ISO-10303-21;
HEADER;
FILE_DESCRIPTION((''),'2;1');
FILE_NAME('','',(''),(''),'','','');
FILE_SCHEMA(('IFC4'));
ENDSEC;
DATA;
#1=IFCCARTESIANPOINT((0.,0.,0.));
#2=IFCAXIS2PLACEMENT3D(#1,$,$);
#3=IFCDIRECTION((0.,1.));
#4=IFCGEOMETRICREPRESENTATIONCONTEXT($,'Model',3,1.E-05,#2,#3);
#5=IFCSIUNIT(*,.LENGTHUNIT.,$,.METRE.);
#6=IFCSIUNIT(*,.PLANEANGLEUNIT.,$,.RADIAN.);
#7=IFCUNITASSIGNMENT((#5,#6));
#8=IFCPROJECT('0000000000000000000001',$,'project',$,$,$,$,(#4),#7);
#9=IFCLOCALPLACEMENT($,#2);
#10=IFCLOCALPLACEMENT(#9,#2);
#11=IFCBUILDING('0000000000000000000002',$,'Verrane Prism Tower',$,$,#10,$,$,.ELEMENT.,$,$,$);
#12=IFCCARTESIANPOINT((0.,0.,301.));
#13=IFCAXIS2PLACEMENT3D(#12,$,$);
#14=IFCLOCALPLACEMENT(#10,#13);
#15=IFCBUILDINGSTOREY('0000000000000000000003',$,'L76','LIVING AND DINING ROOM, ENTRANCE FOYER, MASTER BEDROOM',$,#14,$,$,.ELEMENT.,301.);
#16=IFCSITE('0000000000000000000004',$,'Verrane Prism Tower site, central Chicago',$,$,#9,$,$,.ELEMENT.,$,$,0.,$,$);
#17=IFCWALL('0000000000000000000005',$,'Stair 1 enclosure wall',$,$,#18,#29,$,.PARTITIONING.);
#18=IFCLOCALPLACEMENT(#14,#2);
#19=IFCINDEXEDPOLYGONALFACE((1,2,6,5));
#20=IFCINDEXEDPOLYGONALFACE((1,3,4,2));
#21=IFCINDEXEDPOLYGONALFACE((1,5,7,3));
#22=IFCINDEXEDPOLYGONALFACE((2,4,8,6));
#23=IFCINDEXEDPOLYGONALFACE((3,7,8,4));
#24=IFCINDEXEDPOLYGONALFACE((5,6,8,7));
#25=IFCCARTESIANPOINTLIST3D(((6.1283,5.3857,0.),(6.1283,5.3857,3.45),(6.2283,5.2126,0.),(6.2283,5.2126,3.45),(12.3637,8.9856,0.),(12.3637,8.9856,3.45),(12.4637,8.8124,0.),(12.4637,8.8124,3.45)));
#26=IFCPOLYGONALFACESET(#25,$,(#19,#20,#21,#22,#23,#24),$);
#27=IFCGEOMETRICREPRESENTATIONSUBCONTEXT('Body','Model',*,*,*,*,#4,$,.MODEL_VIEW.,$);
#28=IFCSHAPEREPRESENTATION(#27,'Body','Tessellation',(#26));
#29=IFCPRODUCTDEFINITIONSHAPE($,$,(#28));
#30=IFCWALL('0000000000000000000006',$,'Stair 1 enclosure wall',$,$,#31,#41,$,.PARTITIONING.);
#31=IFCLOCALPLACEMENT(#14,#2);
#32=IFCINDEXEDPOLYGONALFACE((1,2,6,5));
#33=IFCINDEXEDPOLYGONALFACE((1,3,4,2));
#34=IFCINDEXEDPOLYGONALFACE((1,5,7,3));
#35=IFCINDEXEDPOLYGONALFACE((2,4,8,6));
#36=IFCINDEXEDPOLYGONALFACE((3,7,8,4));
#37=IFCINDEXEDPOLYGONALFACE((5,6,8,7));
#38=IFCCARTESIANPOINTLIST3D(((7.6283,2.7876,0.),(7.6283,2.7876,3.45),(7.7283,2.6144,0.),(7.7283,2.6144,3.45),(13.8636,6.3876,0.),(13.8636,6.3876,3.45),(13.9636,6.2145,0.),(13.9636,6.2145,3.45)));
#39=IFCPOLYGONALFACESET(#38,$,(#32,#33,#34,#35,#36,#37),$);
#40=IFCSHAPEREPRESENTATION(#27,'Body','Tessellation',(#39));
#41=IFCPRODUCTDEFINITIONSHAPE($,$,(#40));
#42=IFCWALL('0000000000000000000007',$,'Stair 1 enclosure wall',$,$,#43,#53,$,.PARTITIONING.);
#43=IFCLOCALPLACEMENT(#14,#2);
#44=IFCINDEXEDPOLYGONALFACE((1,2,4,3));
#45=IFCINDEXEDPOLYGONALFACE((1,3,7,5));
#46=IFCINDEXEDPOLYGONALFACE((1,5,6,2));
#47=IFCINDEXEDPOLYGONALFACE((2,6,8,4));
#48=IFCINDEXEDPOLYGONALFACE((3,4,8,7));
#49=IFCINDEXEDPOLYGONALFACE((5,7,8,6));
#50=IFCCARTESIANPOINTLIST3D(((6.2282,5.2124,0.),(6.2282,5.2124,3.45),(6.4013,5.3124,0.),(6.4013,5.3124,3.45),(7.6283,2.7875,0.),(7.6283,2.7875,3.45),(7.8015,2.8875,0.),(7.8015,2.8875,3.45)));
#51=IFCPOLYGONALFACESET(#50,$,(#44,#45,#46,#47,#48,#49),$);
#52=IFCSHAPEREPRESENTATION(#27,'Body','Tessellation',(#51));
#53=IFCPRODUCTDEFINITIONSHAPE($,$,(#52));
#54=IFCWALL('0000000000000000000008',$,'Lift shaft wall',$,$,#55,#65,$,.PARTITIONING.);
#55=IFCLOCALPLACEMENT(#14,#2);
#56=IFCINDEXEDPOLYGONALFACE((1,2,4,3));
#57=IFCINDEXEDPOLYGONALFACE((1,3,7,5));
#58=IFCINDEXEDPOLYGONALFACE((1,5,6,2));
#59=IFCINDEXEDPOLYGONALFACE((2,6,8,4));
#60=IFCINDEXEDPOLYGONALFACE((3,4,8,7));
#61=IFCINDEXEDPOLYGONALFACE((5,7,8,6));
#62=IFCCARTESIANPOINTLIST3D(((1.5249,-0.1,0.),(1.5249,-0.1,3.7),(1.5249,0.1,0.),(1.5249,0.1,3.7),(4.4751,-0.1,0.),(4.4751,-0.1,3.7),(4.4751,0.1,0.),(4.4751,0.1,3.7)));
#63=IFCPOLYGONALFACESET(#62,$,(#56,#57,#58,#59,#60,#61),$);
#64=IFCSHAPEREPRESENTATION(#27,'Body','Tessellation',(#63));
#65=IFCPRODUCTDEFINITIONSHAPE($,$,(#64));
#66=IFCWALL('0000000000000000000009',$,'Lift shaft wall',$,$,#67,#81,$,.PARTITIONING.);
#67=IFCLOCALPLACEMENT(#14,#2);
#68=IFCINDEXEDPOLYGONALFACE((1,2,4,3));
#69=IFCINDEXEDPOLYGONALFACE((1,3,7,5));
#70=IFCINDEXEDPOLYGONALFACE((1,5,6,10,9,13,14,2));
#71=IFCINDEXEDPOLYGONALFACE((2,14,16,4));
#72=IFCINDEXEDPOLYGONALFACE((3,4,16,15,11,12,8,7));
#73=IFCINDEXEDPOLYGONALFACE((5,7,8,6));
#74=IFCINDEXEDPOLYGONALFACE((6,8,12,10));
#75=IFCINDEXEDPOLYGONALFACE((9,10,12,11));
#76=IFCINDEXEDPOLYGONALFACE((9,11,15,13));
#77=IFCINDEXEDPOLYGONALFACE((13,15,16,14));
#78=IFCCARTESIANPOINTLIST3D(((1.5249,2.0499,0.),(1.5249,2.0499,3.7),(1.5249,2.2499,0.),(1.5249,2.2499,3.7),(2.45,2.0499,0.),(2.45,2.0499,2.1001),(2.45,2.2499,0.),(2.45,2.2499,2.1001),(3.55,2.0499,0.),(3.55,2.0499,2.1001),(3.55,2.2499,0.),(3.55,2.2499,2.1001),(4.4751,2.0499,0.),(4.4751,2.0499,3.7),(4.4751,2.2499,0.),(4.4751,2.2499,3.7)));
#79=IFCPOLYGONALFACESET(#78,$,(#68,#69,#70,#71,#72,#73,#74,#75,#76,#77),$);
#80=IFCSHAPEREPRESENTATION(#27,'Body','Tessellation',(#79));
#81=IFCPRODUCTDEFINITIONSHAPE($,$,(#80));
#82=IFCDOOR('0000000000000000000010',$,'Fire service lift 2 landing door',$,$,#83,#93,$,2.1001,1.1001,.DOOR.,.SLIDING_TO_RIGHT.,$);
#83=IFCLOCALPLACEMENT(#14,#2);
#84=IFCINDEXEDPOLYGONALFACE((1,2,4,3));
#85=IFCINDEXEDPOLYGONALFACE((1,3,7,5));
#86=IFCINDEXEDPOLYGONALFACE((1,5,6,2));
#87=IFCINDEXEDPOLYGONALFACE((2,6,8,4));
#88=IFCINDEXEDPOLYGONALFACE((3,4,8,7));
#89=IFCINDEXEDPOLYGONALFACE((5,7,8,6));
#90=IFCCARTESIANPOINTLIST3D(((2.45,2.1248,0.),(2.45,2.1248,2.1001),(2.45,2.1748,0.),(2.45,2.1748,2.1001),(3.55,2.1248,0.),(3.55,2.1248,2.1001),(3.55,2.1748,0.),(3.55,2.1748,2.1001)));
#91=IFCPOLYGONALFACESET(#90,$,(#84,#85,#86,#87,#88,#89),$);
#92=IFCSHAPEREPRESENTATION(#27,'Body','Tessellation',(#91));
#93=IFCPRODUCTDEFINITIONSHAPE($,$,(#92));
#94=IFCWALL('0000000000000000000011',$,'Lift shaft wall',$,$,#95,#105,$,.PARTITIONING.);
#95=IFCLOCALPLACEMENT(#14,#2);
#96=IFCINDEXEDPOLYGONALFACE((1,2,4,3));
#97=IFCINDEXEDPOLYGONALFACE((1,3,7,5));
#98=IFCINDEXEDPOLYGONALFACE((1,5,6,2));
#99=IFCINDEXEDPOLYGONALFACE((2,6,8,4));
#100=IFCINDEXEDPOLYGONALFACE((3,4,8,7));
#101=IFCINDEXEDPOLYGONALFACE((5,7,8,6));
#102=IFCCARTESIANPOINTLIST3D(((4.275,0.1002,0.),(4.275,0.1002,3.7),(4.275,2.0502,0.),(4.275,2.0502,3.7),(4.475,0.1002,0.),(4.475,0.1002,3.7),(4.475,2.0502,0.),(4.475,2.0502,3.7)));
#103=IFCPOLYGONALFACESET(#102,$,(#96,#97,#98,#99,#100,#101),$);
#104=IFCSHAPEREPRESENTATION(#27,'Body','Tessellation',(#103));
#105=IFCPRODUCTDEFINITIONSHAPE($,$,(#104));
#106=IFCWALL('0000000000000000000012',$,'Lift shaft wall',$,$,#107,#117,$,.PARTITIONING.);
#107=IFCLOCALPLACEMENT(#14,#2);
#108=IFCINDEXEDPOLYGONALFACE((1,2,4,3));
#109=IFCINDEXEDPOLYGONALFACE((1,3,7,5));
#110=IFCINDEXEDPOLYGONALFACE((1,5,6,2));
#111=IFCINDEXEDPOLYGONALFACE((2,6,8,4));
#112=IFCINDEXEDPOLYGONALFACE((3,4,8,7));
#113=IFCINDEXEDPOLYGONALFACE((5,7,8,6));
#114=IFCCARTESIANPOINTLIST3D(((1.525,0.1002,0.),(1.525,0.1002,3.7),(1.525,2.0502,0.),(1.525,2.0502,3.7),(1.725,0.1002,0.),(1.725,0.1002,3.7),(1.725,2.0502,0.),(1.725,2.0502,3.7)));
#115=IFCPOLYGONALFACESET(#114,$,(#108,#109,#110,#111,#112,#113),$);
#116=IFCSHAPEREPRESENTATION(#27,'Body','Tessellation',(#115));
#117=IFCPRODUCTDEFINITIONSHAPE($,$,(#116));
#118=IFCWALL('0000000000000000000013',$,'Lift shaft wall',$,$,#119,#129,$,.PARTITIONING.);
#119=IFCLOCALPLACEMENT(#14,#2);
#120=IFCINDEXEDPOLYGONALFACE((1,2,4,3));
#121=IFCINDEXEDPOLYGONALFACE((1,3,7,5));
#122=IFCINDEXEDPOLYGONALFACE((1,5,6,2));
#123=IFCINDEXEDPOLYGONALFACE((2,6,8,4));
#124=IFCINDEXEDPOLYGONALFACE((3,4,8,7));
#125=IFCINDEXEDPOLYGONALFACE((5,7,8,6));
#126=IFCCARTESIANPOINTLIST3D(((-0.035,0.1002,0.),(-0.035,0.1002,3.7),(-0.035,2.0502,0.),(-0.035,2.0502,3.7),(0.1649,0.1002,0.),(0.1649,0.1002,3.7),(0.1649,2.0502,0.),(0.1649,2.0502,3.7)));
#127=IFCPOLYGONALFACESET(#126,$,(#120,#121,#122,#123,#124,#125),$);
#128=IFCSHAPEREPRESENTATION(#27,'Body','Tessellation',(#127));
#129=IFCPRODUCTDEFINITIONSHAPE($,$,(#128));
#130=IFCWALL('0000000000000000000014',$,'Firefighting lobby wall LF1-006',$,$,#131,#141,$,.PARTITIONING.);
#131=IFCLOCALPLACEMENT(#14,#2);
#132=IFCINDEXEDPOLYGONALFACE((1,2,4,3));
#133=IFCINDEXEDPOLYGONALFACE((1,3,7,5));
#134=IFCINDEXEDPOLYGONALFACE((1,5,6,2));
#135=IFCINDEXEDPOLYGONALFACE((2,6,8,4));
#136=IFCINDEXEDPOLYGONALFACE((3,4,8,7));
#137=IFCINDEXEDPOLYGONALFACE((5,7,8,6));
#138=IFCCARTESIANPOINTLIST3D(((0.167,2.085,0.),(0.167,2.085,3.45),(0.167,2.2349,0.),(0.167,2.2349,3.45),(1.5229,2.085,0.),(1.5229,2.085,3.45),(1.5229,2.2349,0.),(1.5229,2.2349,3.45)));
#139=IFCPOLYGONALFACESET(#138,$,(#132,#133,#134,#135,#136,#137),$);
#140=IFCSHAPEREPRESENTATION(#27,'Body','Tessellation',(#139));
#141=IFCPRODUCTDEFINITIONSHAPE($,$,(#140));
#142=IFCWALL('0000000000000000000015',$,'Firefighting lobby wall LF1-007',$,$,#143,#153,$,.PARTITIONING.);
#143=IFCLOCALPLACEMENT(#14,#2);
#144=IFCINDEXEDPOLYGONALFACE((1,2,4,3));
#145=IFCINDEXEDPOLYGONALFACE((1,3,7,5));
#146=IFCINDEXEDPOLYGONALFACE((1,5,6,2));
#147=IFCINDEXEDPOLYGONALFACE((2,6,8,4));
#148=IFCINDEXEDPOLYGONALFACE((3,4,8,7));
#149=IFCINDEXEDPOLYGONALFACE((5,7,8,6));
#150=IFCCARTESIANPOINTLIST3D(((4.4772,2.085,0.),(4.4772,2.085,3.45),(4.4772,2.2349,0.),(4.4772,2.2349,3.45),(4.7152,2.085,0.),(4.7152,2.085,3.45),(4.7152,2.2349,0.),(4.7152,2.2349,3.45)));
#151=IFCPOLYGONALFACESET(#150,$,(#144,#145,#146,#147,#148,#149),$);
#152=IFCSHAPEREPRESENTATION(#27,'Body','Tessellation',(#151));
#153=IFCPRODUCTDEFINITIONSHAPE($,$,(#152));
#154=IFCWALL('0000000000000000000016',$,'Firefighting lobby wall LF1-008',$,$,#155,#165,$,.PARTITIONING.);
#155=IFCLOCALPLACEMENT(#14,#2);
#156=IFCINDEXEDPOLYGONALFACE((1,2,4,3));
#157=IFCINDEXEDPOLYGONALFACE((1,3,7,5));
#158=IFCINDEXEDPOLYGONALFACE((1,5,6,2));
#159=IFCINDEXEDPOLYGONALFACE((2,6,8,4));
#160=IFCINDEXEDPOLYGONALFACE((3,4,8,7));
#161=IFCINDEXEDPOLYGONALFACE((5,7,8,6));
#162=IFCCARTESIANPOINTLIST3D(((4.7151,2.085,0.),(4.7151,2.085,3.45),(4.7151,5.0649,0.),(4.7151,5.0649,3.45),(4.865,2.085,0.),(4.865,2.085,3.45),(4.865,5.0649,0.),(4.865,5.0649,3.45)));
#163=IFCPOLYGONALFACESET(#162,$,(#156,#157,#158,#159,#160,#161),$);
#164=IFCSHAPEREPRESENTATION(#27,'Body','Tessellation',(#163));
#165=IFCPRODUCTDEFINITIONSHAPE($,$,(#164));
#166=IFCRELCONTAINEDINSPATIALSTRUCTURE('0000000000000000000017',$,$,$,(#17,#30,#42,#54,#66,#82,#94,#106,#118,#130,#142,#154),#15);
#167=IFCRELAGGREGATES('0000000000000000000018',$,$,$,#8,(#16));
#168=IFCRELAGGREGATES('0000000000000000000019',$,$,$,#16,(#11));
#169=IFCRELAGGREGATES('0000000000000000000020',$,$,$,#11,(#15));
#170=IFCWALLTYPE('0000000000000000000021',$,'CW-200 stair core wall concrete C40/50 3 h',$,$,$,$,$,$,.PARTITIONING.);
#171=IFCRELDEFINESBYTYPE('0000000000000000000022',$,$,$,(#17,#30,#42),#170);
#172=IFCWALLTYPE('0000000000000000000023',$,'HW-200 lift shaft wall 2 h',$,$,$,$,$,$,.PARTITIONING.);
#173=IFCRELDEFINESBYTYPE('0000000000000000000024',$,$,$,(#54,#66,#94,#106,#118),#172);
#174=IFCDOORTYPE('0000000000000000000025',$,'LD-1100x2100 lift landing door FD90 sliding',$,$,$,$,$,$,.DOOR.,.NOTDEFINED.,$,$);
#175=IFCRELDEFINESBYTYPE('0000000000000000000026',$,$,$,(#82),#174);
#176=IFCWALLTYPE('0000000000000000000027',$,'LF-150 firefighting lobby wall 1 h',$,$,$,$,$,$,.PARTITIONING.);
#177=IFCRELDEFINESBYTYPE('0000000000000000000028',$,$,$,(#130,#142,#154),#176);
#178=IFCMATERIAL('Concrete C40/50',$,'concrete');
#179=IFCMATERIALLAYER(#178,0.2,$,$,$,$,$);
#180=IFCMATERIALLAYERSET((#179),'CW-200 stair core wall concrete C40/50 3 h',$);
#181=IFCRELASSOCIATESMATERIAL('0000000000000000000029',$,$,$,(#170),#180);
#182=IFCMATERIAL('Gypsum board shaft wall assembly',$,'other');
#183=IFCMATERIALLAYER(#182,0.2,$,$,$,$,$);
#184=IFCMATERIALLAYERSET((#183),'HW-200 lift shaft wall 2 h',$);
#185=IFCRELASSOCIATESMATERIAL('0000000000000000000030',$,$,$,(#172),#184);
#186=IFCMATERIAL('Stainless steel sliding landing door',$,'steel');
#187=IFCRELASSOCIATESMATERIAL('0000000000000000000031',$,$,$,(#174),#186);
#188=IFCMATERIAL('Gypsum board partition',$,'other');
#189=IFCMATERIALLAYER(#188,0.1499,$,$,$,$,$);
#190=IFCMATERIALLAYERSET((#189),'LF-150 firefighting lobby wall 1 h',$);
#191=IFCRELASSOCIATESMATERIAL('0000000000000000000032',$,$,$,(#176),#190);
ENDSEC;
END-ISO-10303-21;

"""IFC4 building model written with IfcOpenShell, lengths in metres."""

from ifc_helpers import new_model, si_unit, direction, frame, frame_2d, origin, place, context, subcontext, project, spatial, rectangle, extrude, material, layer, layer_set, type_object, element, fill, save


model = new_model("IFC4")

# Units and contexts
model_context = context("Model", 3, precision=1e-05, world=origin(), true_north=direction((0.0, 1.0)))
body_context = subcontext(model_context, "Body", "Model", "MODEL_VIEW")
ifc_project = project(units=[si_unit("LENGTHUNIT", "METRE"), si_unit("PLANEANGLEUNIT", "RADIAN")], contexts=[model_context])

# Site, building, storey
site_placement = place(None, origin())
site = spatial("IfcSite", under=ifc_project, at=site_placement, Name="Verrane Prism Tower site, central Chicago", CompositionType="ELEMENT", RefElevation=0.0)
building_placement = place(site_placement, origin())
building = spatial("IfcBuilding", under=site, at=building_placement, Name="Verrane Prism Tower", CompositionType="ELEMENT")
storey_placement = place(building_placement, frame((0.0, 0.0, 301.0)))
storey = spatial("IfcBuildingStorey", under=building, at=storey_placement, Name="L76", Description="LIVING AND DINING ROOM, ENTRANCE FOYER, MASTER BEDROOM", CompositionType="ELEMENT", Elevation=301.0)

# Walls
ifc_material_1 = material(Name="Concrete C40/50", Category="concrete")
ifc_layer_1 = layer(ifc_material_1, 0.2)
ifc_layer_set_1 = layer_set([ifc_layer_1], Name="CW-200 stair core wall concrete C40/50 3 h")
wall_type_1 = type_object("IfcWallType", Name="CW-200 stair core wall concrete C40/50 3 h", PredefinedType="PARTITIONING", material=ifc_layer_set_1)
for number, where, z_axis, x_axis, name in (
    (1, (6.1782, 5.2991, 0.0), (0.0, 0.0, 1.0), (0.866033, 0.499987, 0.0), "Stair 1 enclosure wall"),
    (2, (7.6782, 2.7009, 0.0), (0.0, 0.0, 1.0), (0.866018, 0.500012, 0.0), "Stair 1 enclosure wall"),
):
    element("IfcWall", number, at=place(storey_placement, frame(where, z_axis=z_axis, x_axis=x_axis)), inside=storey, type_object=wall_type_1, Name=name, PredefinedType="PARTITIONING", context=body_context, shape_type="SweptSolid", body=[
        extrude(rectangle(XDim=7.2, YDim=0.2, at=frame_2d((3.6001, 0.0))), origin(), (0.0, 0.0, 1.0), 3.45),
    ])
wall_1_placement = place(storey_placement, frame((7.7148, 2.8376, 0.0), z_axis=(0.0, 0.0, 1.0), x_axis=(-0.50005, 0.865997, 0.0)))
element("IfcWall", 3, at=wall_1_placement, inside=storey, type_object=wall_type_1, Name="Stair 1 enclosure wall", PredefinedType="PARTITIONING", context=body_context, shape_type="SweptSolid", body=[
    extrude(rectangle(XDim=2.8, YDim=0.2, at=frame_2d((1.3999, 0.0))), origin(), (0.0, 0.0, 1.0), 3.45),
])
ifc_material_2 = material(Name="Gypsum board shaft wall assembly", Category="other")
ifc_layer_2 = layer(ifc_material_2, 0.2)
ifc_layer_set_2 = layer_set([ifc_layer_2], Name="HW-200 lift shaft wall 2 h")
wall_type_2 = type_object("IfcWallType", Name="HW-200 lift shaft wall 2 h", PredefinedType="PARTITIONING", material=ifc_layer_set_2)
wall_2_placement = place(storey_placement, frame((1.5249, 0.0, 0.0), z_axis=(0.0, 0.0, 1.0), x_axis=(1.0, 0.0, 0.0)))
element("IfcWall", 4, at=wall_2_placement, inside=storey, type_object=wall_type_2, Name="Lift shaft wall", PredefinedType="PARTITIONING", context=body_context, shape_type="SweptSolid", body=[
    extrude(rectangle(XDim=2.9502, YDim=0.2, at=frame_2d((1.4751, 0.0))), origin(), (0.0, 0.0, 1.0), 3.7),
])

# Wall, opening, door
wall_3_placement = place(storey_placement, frame((1.5249, 2.1499, 0.0), z_axis=(0.0, 0.0, 1.0), x_axis=(1.0, 0.0, 0.0)))
wall_3 = element("IfcWall", 5, at=wall_3_placement, inside=storey, type_object=wall_type_2, Name="Lift shaft wall", PredefinedType="PARTITIONING", context=body_context, shape_type="SweptSolid", body=[
    extrude(rectangle(XDim=2.9502, YDim=0.2, at=frame_2d((1.4751, 0.0))), origin(), (0.0, 0.0, 1.0), 3.7),
])
opening_1_placement = place(wall_3_placement, frame((0.925, 0.0, 0.0)))
opening_1 = element("IfcOpeningElement", 6, at=opening_1_placement, cuts=wall_3, PredefinedType="OPENING", context=body_context, shape_type="SweptSolid", body=[
    extrude(rectangle(XDim=1.1001, YDim=2.1001, at=frame_2d((0.55, 1.05))), frame((0.0, 0.1099, 0.0), z_axis=(0.0, -1.0, 0.0), x_axis=(1.0, 0.0, 0.0)), (0.0, 0.0, 1.0), 0.22),
])
ifc_material_3 = material(Name="Stainless steel sliding landing door", Category="steel")
door_type_1 = type_object("IfcDoorType", Name="LD-1100x2100 lift landing door FD90 sliding", OperationType="NOTDEFINED", PredefinedType="DOOR", material=ifc_material_3)
door_1_placement = place(opening_1_placement, origin())
door_1 = element("IfcDoor", 7, at=door_1_placement, inside=storey, type_object=door_type_1, Name="Fire service lift 2 landing door", OperationType="SLIDING_TO_RIGHT", OverallHeight=2.1001, OverallWidth=1.1001, PredefinedType="DOOR", context=body_context, shape_type="SweptSolid", body=[
    extrude(rectangle(XDim=1.1001, YDim=2.1001, at=frame_2d((0.55, 1.05))), frame((0.0, 0.0249, 0.0), z_axis=(0.0, -1.0, 0.0), x_axis=(1.0, 0.0, 0.0)), (0.0, 0.0, 1.0), 0.05),
])
fill(opening_1, door_1)

# Walls
for number, where, z_axis, x_axis, name in (
    (8, (4.375, 0.1001, 0.0), (0.0, 0.0, 1.0), (0.0, 1.0, 0.0), "Lift shaft wall"),
    (9, (1.625, 0.1001, 0.0), (0.0, 0.0, 1.0), (0.0, 1.0, 0.0), "Lift shaft wall"),
    (10, (0.0649, 0.1001, 0.0), (0.0, 0.0, 1.0), (0.0, 1.0, 0.0), "Lift shaft wall"),
):
    element("IfcWall", number, at=place(storey_placement, frame(where, z_axis=z_axis, x_axis=x_axis)), inside=storey, type_object=wall_type_2, Name=name, PredefinedType="PARTITIONING", context=body_context, shape_type="SweptSolid", body=[
        extrude(rectangle(XDim=1.95, YDim=0.2, at=frame_2d((0.9751, 0.0))), origin(), (0.0, 0.0, 1.0), 3.7),
    ])
ifc_material_4 = material(Name="Gypsum board partition", Category="other")
ifc_layer_3 = layer(ifc_material_4, 0.1499)
ifc_layer_set_3 = layer_set([ifc_layer_3], Name="LF-150 firefighting lobby wall 1 h")
wall_type_3 = type_object("IfcWallType", Name="LF-150 firefighting lobby wall 1 h", PredefinedType="PARTITIONING", material=ifc_layer_set_3)
wall_4_placement = place(storey_placement, frame((0.167, 2.1599, 0.0), z_axis=(0.0, 0.0, 1.0), x_axis=(1.0, 0.0, 0.0)))
element("IfcWall", 11, at=wall_4_placement, inside=storey, type_object=wall_type_3, Name="Firefighting lobby wall LF1-006", PredefinedType="PARTITIONING", context=body_context, shape_type="SweptSolid", body=[
    extrude(rectangle(XDim=1.356, YDim=0.1499, at=frame_2d((0.678, 0.0))), origin(), (0.0, 0.0, 1.0), 3.45),
])
wall_5_placement = place(storey_placement, frame((4.4771, 2.1599, 0.0), z_axis=(0.0, 0.0, 1.0), x_axis=(1.0, 0.0, 0.0)))
element("IfcWall", 12, at=wall_5_placement, inside=storey, type_object=wall_type_3, Name="Firefighting lobby wall LF1-007", PredefinedType="PARTITIONING", context=body_context, shape_type="SweptSolid", body=[
    extrude(rectangle(XDim=0.238, YDim=0.1499, at=frame_2d((0.1191, 0.0))), origin(), (0.0, 0.0, 1.0), 3.45),
])
wall_6_placement = place(storey_placement, frame((4.79, 2.085, 0.0), z_axis=(0.0, 0.0, 1.0), x_axis=(0.0, 1.0, 0.0)))
element("IfcWall", 13, at=wall_6_placement, inside=storey, type_object=wall_type_3, Name="Firefighting lobby wall LF1-008", PredefinedType="PARTITIONING", context=body_context, shape_type="SweptSolid", body=[
    extrude(rectangle(XDim=2.98, YDim=0.1499, at=frame_2d((1.49, 0.0))), origin(), (0.0, 0.0, 1.0), 3.45),
])

save(model, "model.ifc")
